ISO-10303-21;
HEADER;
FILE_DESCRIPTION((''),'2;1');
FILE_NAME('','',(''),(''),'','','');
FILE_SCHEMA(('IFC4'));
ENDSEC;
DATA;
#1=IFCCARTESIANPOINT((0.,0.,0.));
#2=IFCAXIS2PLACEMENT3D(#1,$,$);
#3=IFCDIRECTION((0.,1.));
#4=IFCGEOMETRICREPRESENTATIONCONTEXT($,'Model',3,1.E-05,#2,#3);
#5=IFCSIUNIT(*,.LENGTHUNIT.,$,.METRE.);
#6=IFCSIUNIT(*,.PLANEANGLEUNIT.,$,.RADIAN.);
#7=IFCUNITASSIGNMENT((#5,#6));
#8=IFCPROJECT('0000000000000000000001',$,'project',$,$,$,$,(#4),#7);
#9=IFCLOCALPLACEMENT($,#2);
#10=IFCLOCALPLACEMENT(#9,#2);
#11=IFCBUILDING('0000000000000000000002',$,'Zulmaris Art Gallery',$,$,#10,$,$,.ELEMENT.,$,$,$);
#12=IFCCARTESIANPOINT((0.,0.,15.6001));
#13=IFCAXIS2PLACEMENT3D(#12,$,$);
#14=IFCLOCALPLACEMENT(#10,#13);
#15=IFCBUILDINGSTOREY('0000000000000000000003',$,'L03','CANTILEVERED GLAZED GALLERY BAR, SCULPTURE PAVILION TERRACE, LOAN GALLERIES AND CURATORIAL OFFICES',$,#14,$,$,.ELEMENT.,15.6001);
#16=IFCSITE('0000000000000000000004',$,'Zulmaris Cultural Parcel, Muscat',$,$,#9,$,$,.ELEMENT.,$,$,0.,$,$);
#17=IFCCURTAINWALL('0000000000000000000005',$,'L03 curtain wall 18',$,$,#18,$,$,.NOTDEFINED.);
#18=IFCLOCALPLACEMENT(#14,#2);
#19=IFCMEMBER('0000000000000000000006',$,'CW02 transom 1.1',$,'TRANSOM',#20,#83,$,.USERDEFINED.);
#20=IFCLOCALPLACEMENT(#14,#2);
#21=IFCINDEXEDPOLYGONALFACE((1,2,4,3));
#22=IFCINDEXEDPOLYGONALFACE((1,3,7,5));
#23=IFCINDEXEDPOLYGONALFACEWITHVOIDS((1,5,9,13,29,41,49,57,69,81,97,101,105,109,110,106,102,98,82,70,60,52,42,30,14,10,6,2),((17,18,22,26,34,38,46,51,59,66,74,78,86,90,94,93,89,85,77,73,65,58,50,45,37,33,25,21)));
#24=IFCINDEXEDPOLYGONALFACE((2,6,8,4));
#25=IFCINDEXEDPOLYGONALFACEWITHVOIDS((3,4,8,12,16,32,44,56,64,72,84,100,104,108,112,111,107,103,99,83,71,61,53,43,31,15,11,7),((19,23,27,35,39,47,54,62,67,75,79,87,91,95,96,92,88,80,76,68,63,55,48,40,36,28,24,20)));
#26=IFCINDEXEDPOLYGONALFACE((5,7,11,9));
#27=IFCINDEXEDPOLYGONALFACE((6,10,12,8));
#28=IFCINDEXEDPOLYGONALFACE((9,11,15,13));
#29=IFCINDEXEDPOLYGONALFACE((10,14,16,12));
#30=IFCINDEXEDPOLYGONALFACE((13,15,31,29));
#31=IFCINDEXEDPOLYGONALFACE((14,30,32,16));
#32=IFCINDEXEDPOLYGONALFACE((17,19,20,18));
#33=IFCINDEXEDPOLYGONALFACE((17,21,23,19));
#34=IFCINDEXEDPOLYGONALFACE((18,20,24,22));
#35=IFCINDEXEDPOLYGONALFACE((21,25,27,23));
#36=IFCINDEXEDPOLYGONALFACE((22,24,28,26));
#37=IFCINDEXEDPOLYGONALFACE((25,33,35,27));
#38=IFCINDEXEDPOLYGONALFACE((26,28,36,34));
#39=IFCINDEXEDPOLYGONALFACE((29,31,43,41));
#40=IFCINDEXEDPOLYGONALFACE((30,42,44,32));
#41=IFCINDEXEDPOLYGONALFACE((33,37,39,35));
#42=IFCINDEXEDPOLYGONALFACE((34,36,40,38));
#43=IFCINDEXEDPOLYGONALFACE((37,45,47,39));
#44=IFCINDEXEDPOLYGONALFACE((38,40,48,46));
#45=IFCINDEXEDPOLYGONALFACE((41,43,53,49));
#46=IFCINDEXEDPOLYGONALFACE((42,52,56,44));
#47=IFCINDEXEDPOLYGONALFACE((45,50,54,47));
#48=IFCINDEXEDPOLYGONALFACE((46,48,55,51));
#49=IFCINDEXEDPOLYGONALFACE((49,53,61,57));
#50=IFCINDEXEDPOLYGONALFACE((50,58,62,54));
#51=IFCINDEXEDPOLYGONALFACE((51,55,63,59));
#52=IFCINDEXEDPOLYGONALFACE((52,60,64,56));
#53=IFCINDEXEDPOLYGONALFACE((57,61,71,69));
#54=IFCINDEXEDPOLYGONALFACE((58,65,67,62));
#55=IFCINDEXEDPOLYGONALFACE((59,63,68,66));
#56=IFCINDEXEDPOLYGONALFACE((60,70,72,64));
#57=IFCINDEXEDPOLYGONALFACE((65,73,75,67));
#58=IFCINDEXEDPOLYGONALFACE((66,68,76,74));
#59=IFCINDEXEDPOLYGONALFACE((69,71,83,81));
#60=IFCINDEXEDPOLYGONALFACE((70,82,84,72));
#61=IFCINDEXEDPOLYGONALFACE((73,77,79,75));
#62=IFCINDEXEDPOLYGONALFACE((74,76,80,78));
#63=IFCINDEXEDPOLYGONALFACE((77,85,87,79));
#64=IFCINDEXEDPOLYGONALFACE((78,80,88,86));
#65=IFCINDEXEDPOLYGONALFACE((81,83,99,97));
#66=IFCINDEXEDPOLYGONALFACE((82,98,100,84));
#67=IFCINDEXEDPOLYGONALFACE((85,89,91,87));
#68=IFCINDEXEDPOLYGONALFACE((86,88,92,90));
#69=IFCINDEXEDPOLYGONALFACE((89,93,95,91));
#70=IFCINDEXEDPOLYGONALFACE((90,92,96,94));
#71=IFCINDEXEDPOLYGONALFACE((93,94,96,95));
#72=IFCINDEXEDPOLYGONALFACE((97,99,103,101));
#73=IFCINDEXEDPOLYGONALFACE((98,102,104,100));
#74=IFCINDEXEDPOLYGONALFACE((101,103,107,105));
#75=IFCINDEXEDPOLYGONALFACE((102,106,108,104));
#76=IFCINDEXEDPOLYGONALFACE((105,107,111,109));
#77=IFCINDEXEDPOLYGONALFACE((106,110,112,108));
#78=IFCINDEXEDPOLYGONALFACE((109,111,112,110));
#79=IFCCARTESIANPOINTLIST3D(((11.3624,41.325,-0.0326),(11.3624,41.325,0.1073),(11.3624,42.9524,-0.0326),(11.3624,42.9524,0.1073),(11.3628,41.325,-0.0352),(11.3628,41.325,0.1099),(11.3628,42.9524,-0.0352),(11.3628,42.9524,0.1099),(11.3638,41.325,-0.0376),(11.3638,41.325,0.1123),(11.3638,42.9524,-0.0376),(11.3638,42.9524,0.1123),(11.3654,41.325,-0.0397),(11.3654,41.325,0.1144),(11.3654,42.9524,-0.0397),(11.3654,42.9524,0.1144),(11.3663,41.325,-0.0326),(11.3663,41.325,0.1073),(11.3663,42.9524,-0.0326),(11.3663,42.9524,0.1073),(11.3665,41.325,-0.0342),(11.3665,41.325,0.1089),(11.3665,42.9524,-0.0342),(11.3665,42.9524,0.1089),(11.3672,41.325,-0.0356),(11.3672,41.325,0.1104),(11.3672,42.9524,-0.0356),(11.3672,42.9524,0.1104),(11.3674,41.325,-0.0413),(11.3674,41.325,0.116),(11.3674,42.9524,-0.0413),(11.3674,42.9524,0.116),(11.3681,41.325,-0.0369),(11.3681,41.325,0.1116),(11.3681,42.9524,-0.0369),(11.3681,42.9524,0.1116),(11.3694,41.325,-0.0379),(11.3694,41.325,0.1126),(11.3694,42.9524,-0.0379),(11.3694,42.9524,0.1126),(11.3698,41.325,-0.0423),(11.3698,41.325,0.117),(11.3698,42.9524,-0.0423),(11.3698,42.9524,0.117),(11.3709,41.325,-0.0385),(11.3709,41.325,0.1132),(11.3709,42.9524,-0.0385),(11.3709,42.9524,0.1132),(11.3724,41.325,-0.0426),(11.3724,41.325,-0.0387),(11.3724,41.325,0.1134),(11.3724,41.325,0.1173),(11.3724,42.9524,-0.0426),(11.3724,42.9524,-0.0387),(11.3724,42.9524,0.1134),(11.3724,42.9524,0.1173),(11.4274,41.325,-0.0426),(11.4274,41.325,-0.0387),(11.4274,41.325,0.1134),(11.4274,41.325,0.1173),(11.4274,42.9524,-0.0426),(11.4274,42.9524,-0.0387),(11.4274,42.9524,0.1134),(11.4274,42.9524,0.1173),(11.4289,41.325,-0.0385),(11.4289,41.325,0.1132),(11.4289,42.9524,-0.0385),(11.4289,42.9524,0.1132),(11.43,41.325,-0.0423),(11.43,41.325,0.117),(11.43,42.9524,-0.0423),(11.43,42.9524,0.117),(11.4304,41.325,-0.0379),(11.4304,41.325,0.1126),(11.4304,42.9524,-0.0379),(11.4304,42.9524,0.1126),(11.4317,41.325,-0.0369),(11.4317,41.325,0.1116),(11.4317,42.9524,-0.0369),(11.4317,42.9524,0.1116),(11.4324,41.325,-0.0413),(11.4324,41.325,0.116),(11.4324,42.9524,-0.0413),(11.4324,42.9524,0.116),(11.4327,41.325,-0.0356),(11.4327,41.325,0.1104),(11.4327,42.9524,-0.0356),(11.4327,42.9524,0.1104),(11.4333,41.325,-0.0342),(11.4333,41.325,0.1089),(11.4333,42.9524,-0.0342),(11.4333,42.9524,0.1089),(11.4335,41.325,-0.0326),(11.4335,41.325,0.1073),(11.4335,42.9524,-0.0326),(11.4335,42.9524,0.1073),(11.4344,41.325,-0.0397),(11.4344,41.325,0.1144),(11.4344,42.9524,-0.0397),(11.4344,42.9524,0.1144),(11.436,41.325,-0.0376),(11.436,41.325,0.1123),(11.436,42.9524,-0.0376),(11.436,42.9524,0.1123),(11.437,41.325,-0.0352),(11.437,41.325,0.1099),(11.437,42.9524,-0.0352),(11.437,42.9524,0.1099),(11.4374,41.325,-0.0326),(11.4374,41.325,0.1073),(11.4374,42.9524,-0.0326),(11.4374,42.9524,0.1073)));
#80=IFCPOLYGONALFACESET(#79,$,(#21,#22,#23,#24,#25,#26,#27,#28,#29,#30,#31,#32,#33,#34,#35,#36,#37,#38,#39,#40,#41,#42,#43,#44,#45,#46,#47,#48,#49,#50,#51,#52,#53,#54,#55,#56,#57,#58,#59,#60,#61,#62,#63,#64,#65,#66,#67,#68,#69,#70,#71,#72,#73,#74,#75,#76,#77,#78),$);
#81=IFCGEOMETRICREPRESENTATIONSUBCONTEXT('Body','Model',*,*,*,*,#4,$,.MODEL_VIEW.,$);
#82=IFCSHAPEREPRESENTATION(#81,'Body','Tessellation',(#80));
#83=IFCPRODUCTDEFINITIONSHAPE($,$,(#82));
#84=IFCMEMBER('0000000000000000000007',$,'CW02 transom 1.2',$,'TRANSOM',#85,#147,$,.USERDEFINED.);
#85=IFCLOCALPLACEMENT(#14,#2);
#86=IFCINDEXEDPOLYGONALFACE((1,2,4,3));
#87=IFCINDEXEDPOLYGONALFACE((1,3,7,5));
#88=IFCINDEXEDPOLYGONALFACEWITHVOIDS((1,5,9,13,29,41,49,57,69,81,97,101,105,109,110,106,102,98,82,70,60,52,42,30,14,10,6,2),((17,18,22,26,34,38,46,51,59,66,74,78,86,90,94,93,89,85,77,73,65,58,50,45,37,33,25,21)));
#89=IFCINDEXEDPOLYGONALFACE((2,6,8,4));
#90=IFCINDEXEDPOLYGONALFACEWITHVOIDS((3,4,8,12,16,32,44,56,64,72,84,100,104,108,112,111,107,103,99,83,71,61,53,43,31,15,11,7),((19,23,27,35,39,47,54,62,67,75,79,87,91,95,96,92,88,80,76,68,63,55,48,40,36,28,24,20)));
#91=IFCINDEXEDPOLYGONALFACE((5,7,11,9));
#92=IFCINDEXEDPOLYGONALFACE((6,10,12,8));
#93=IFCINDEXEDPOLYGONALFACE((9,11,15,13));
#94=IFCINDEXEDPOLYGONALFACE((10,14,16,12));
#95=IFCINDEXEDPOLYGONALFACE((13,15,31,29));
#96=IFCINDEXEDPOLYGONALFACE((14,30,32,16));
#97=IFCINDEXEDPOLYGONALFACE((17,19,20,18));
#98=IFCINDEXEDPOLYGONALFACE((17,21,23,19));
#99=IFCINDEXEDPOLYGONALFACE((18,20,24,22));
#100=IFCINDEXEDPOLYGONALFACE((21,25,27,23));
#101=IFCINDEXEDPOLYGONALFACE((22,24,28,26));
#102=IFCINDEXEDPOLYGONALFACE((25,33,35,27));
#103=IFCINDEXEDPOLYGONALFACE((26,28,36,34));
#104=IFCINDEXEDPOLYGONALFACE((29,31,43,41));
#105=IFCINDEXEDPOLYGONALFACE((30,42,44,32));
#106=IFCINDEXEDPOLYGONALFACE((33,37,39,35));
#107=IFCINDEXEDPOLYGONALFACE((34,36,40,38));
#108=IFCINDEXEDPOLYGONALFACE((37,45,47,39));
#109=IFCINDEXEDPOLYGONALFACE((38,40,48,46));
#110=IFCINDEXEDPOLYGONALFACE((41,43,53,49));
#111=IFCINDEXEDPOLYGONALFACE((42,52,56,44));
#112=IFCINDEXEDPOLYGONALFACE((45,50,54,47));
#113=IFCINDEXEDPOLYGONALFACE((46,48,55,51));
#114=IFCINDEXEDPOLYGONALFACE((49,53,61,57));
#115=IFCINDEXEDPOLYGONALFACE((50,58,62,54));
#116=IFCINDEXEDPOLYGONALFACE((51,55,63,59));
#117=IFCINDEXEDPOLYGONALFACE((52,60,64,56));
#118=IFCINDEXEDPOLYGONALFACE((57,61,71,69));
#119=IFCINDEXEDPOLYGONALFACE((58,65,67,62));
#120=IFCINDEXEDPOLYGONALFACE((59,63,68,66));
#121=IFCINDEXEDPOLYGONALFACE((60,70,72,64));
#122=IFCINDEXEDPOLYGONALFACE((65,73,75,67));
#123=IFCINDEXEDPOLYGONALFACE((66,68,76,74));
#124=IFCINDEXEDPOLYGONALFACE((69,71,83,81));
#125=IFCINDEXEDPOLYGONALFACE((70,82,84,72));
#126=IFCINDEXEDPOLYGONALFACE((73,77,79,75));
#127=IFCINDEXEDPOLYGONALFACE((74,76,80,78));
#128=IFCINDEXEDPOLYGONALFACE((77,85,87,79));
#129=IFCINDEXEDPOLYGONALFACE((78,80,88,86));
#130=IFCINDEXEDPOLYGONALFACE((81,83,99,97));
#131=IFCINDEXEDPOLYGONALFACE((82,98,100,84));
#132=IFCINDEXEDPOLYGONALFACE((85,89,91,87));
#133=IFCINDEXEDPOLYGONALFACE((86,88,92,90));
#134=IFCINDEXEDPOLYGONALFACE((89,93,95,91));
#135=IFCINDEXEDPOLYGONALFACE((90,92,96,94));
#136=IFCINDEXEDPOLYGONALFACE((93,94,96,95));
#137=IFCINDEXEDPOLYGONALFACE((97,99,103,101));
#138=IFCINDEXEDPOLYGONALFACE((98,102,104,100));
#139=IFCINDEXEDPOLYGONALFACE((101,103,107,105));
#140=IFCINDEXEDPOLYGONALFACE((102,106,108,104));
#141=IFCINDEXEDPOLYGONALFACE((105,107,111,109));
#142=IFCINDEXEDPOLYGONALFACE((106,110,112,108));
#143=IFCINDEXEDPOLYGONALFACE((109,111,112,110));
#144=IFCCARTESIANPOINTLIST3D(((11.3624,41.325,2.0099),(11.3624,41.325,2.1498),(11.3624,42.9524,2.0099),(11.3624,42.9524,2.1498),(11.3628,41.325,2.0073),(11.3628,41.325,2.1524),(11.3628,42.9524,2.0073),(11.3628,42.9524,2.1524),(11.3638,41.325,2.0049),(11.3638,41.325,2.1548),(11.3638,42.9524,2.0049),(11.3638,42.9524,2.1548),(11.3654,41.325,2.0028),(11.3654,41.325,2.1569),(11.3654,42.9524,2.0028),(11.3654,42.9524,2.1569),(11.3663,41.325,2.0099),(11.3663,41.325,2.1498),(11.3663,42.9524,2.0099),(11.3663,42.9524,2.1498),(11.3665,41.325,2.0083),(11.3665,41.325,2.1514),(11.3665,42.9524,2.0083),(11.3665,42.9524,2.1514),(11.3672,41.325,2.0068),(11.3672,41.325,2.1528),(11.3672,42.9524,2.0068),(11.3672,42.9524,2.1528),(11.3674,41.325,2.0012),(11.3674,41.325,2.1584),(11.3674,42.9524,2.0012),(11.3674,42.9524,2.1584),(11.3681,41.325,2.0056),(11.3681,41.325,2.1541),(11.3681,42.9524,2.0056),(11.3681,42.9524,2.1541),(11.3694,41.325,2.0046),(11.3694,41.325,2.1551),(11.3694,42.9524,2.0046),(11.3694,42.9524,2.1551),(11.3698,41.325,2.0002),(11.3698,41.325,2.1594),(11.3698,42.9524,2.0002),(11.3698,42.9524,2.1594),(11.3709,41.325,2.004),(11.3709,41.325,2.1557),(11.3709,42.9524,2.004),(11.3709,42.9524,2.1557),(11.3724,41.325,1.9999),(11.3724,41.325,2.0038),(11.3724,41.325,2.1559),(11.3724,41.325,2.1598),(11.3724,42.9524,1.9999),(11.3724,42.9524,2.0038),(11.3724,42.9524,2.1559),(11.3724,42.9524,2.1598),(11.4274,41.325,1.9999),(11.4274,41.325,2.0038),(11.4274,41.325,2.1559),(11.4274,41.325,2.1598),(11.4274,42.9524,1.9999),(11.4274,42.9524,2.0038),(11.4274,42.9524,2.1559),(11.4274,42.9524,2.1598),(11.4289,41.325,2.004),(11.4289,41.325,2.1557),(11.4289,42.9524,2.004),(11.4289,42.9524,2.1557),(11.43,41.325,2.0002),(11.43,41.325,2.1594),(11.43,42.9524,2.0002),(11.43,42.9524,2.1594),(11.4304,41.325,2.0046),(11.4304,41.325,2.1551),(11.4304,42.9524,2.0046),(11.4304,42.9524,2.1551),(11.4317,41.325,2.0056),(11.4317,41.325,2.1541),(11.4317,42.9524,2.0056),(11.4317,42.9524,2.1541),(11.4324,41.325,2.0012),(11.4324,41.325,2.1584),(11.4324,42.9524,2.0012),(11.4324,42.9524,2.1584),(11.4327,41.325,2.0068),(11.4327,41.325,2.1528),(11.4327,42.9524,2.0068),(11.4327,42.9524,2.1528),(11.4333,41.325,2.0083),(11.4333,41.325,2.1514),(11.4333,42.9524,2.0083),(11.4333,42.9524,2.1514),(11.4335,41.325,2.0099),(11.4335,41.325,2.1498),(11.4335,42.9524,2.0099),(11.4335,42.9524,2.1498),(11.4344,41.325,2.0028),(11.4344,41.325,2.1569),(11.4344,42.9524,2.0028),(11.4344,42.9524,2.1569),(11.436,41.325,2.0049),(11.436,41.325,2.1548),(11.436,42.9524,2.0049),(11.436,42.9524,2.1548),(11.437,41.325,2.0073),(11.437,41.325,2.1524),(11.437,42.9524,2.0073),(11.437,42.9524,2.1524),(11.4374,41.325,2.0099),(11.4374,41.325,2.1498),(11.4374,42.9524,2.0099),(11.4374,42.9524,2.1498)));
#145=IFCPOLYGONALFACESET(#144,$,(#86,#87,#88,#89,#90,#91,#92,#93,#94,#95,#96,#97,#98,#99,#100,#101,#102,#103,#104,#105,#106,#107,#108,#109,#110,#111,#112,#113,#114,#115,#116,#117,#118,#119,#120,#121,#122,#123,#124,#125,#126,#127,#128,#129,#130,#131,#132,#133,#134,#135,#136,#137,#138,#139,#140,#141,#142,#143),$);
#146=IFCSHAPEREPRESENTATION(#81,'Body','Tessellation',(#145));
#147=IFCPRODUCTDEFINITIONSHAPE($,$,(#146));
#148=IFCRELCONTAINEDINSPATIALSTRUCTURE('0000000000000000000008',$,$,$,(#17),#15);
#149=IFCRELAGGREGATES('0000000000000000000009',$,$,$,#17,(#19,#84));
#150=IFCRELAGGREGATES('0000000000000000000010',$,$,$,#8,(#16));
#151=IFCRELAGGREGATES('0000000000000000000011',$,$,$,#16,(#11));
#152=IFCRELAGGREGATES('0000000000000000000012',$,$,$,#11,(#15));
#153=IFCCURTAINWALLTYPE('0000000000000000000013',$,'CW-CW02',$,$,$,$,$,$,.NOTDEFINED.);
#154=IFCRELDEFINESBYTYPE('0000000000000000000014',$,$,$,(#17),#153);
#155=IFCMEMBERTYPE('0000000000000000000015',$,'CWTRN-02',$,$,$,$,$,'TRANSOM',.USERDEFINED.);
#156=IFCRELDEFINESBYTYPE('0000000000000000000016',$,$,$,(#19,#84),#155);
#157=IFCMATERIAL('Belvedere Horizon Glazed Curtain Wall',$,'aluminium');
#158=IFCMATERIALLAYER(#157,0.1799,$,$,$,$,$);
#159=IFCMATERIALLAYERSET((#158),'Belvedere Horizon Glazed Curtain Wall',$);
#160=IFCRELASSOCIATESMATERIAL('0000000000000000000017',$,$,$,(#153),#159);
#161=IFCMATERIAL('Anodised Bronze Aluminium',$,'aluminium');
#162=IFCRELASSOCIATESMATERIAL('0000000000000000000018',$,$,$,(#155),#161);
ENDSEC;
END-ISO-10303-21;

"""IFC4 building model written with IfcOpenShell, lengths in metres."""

from ifc_helpers import new_model, si_unit, direction, frame, origin, origin_2d, place, context, subcontext, project, spatial, hollow_rectangle, extrude, material, layer, layer_set, material_profile, profile_set, type_object, element, aggregate, save


model = new_model("IFC4")

# Units and contexts
model_context = context("Model", 3, precision=1e-05, world=origin(), true_north=direction((0.0, 1.0)))
body_context = subcontext(model_context, "Body", "Model", "MODEL_VIEW")
ifc_project = project(units=[si_unit("LENGTHUNIT", "METRE"), si_unit("PLANEANGLEUNIT", "RADIAN")], contexts=[model_context])

# Site, building, storey
site_placement = place(None, origin())
site = spatial("IfcSite", under=ifc_project, at=site_placement, Name="Zulmaris Cultural Parcel, Muscat", CompositionType="ELEMENT", RefElevation=0.0)
building_placement = place(site_placement, origin())
building = spatial("IfcBuilding", under=site, at=building_placement, Name="Zulmaris Art Gallery", CompositionType="ELEMENT")
storey_placement = place(building_placement, frame((0.0, 0.0, 15.6001)))
storey = spatial("IfcBuildingStorey", under=building, at=storey_placement, Name="L03", Description="CANTILEVERED GLAZED GALLERY BAR, SCULPTURE PAVILION TERRACE, LOAN GALLERIES AND CURATORIAL OFFICES", CompositionType="ELEMENT", Elevation=15.6001)

# Curtain wall, members
ifc_material_1 = material(Name="Belvedere Horizon Glazed Curtain Wall", Category="aluminium")
ifc_layer_1 = layer(ifc_material_1, 0.1799)
ifc_layer_set_1 = layer_set([ifc_layer_1], Name="Belvedere Horizon Glazed Curtain Wall")
curtain_wall_type = type_object("IfcCurtainWallType", Name="CW-CW02", PredefinedType="NOTDEFINED", material=ifc_layer_set_1)
curtain_wall_placement = place(storey_placement, origin())
curtain_wall = element("IfcCurtainWall", 1, at=curtain_wall_placement, inside=storey, type_object=curtain_wall_type, Name="L03 curtain wall 18", PredefinedType="NOTDEFINED")
ifc_material_2 = material(Name="Anodised Bronze Aluminium", Category="aluminium")
ifc_material_profile_1 = material_profile(ifc_material_2, hollow_rectangle(XDim=0.075, YDim=0.1599, WallThickness=0.0039, InnerFilletRadius=0.0061, OuterFilletRadius=0.01, at=origin_2d()), Name="ALU 75x160x4")
ifc_profile_set_1 = profile_set([ifc_material_profile_1], Name="Anodised Bronze Aluminium")
member_type_1 = type_object("IfcMemberType", Name="CWTRN-02", ElementType="TRANSOM", PredefinedType="USERDEFINED", material=ifc_profile_set_1)
member_1_placement = place(storey_placement, frame((11.3999, 41.325, 0.0374), z_axis=(0.0, 1.0, 0.0), x_axis=(-1.0, 0.0, 0.0)))
member_1 = element("IfcMember", 2, at=member_1_placement, type_object=member_type_1, Name="CW02 transom 1.1", ObjectType="TRANSOM", PredefinedType="USERDEFINED", context=body_context, shape_type="SweptSolid", body=[
    extrude(hollow_rectangle(XDim=0.075, YDim=0.1599, WallThickness=0.0039, InnerFilletRadius=0.0061, OuterFilletRadius=0.01, at=origin_2d()), origin(), (0.0, 0.0, 1.0), 1.6274),
])
member_2_placement = place(storey_placement, frame((11.3999, 41.325, 2.0798), z_axis=(0.0, 1.0, 0.0), x_axis=(-1.0, 0.0, 0.0)))
member_2 = element("IfcMember", 3, at=member_2_placement, type_object=member_type_1, Name="CW02 transom 1.2", ObjectType="TRANSOM", PredefinedType="USERDEFINED", context=body_context, shape_type="SweptSolid", body=[
    extrude(hollow_rectangle(XDim=0.075, YDim=0.1599, WallThickness=0.0039, InnerFilletRadius=0.0061, OuterFilletRadius=0.01, at=origin_2d()), origin(), (0.0, 0.0, 1.0), 1.6274),
])
aggregate(curtain_wall, [member_1, member_2])

save(model, "model.ifc")
